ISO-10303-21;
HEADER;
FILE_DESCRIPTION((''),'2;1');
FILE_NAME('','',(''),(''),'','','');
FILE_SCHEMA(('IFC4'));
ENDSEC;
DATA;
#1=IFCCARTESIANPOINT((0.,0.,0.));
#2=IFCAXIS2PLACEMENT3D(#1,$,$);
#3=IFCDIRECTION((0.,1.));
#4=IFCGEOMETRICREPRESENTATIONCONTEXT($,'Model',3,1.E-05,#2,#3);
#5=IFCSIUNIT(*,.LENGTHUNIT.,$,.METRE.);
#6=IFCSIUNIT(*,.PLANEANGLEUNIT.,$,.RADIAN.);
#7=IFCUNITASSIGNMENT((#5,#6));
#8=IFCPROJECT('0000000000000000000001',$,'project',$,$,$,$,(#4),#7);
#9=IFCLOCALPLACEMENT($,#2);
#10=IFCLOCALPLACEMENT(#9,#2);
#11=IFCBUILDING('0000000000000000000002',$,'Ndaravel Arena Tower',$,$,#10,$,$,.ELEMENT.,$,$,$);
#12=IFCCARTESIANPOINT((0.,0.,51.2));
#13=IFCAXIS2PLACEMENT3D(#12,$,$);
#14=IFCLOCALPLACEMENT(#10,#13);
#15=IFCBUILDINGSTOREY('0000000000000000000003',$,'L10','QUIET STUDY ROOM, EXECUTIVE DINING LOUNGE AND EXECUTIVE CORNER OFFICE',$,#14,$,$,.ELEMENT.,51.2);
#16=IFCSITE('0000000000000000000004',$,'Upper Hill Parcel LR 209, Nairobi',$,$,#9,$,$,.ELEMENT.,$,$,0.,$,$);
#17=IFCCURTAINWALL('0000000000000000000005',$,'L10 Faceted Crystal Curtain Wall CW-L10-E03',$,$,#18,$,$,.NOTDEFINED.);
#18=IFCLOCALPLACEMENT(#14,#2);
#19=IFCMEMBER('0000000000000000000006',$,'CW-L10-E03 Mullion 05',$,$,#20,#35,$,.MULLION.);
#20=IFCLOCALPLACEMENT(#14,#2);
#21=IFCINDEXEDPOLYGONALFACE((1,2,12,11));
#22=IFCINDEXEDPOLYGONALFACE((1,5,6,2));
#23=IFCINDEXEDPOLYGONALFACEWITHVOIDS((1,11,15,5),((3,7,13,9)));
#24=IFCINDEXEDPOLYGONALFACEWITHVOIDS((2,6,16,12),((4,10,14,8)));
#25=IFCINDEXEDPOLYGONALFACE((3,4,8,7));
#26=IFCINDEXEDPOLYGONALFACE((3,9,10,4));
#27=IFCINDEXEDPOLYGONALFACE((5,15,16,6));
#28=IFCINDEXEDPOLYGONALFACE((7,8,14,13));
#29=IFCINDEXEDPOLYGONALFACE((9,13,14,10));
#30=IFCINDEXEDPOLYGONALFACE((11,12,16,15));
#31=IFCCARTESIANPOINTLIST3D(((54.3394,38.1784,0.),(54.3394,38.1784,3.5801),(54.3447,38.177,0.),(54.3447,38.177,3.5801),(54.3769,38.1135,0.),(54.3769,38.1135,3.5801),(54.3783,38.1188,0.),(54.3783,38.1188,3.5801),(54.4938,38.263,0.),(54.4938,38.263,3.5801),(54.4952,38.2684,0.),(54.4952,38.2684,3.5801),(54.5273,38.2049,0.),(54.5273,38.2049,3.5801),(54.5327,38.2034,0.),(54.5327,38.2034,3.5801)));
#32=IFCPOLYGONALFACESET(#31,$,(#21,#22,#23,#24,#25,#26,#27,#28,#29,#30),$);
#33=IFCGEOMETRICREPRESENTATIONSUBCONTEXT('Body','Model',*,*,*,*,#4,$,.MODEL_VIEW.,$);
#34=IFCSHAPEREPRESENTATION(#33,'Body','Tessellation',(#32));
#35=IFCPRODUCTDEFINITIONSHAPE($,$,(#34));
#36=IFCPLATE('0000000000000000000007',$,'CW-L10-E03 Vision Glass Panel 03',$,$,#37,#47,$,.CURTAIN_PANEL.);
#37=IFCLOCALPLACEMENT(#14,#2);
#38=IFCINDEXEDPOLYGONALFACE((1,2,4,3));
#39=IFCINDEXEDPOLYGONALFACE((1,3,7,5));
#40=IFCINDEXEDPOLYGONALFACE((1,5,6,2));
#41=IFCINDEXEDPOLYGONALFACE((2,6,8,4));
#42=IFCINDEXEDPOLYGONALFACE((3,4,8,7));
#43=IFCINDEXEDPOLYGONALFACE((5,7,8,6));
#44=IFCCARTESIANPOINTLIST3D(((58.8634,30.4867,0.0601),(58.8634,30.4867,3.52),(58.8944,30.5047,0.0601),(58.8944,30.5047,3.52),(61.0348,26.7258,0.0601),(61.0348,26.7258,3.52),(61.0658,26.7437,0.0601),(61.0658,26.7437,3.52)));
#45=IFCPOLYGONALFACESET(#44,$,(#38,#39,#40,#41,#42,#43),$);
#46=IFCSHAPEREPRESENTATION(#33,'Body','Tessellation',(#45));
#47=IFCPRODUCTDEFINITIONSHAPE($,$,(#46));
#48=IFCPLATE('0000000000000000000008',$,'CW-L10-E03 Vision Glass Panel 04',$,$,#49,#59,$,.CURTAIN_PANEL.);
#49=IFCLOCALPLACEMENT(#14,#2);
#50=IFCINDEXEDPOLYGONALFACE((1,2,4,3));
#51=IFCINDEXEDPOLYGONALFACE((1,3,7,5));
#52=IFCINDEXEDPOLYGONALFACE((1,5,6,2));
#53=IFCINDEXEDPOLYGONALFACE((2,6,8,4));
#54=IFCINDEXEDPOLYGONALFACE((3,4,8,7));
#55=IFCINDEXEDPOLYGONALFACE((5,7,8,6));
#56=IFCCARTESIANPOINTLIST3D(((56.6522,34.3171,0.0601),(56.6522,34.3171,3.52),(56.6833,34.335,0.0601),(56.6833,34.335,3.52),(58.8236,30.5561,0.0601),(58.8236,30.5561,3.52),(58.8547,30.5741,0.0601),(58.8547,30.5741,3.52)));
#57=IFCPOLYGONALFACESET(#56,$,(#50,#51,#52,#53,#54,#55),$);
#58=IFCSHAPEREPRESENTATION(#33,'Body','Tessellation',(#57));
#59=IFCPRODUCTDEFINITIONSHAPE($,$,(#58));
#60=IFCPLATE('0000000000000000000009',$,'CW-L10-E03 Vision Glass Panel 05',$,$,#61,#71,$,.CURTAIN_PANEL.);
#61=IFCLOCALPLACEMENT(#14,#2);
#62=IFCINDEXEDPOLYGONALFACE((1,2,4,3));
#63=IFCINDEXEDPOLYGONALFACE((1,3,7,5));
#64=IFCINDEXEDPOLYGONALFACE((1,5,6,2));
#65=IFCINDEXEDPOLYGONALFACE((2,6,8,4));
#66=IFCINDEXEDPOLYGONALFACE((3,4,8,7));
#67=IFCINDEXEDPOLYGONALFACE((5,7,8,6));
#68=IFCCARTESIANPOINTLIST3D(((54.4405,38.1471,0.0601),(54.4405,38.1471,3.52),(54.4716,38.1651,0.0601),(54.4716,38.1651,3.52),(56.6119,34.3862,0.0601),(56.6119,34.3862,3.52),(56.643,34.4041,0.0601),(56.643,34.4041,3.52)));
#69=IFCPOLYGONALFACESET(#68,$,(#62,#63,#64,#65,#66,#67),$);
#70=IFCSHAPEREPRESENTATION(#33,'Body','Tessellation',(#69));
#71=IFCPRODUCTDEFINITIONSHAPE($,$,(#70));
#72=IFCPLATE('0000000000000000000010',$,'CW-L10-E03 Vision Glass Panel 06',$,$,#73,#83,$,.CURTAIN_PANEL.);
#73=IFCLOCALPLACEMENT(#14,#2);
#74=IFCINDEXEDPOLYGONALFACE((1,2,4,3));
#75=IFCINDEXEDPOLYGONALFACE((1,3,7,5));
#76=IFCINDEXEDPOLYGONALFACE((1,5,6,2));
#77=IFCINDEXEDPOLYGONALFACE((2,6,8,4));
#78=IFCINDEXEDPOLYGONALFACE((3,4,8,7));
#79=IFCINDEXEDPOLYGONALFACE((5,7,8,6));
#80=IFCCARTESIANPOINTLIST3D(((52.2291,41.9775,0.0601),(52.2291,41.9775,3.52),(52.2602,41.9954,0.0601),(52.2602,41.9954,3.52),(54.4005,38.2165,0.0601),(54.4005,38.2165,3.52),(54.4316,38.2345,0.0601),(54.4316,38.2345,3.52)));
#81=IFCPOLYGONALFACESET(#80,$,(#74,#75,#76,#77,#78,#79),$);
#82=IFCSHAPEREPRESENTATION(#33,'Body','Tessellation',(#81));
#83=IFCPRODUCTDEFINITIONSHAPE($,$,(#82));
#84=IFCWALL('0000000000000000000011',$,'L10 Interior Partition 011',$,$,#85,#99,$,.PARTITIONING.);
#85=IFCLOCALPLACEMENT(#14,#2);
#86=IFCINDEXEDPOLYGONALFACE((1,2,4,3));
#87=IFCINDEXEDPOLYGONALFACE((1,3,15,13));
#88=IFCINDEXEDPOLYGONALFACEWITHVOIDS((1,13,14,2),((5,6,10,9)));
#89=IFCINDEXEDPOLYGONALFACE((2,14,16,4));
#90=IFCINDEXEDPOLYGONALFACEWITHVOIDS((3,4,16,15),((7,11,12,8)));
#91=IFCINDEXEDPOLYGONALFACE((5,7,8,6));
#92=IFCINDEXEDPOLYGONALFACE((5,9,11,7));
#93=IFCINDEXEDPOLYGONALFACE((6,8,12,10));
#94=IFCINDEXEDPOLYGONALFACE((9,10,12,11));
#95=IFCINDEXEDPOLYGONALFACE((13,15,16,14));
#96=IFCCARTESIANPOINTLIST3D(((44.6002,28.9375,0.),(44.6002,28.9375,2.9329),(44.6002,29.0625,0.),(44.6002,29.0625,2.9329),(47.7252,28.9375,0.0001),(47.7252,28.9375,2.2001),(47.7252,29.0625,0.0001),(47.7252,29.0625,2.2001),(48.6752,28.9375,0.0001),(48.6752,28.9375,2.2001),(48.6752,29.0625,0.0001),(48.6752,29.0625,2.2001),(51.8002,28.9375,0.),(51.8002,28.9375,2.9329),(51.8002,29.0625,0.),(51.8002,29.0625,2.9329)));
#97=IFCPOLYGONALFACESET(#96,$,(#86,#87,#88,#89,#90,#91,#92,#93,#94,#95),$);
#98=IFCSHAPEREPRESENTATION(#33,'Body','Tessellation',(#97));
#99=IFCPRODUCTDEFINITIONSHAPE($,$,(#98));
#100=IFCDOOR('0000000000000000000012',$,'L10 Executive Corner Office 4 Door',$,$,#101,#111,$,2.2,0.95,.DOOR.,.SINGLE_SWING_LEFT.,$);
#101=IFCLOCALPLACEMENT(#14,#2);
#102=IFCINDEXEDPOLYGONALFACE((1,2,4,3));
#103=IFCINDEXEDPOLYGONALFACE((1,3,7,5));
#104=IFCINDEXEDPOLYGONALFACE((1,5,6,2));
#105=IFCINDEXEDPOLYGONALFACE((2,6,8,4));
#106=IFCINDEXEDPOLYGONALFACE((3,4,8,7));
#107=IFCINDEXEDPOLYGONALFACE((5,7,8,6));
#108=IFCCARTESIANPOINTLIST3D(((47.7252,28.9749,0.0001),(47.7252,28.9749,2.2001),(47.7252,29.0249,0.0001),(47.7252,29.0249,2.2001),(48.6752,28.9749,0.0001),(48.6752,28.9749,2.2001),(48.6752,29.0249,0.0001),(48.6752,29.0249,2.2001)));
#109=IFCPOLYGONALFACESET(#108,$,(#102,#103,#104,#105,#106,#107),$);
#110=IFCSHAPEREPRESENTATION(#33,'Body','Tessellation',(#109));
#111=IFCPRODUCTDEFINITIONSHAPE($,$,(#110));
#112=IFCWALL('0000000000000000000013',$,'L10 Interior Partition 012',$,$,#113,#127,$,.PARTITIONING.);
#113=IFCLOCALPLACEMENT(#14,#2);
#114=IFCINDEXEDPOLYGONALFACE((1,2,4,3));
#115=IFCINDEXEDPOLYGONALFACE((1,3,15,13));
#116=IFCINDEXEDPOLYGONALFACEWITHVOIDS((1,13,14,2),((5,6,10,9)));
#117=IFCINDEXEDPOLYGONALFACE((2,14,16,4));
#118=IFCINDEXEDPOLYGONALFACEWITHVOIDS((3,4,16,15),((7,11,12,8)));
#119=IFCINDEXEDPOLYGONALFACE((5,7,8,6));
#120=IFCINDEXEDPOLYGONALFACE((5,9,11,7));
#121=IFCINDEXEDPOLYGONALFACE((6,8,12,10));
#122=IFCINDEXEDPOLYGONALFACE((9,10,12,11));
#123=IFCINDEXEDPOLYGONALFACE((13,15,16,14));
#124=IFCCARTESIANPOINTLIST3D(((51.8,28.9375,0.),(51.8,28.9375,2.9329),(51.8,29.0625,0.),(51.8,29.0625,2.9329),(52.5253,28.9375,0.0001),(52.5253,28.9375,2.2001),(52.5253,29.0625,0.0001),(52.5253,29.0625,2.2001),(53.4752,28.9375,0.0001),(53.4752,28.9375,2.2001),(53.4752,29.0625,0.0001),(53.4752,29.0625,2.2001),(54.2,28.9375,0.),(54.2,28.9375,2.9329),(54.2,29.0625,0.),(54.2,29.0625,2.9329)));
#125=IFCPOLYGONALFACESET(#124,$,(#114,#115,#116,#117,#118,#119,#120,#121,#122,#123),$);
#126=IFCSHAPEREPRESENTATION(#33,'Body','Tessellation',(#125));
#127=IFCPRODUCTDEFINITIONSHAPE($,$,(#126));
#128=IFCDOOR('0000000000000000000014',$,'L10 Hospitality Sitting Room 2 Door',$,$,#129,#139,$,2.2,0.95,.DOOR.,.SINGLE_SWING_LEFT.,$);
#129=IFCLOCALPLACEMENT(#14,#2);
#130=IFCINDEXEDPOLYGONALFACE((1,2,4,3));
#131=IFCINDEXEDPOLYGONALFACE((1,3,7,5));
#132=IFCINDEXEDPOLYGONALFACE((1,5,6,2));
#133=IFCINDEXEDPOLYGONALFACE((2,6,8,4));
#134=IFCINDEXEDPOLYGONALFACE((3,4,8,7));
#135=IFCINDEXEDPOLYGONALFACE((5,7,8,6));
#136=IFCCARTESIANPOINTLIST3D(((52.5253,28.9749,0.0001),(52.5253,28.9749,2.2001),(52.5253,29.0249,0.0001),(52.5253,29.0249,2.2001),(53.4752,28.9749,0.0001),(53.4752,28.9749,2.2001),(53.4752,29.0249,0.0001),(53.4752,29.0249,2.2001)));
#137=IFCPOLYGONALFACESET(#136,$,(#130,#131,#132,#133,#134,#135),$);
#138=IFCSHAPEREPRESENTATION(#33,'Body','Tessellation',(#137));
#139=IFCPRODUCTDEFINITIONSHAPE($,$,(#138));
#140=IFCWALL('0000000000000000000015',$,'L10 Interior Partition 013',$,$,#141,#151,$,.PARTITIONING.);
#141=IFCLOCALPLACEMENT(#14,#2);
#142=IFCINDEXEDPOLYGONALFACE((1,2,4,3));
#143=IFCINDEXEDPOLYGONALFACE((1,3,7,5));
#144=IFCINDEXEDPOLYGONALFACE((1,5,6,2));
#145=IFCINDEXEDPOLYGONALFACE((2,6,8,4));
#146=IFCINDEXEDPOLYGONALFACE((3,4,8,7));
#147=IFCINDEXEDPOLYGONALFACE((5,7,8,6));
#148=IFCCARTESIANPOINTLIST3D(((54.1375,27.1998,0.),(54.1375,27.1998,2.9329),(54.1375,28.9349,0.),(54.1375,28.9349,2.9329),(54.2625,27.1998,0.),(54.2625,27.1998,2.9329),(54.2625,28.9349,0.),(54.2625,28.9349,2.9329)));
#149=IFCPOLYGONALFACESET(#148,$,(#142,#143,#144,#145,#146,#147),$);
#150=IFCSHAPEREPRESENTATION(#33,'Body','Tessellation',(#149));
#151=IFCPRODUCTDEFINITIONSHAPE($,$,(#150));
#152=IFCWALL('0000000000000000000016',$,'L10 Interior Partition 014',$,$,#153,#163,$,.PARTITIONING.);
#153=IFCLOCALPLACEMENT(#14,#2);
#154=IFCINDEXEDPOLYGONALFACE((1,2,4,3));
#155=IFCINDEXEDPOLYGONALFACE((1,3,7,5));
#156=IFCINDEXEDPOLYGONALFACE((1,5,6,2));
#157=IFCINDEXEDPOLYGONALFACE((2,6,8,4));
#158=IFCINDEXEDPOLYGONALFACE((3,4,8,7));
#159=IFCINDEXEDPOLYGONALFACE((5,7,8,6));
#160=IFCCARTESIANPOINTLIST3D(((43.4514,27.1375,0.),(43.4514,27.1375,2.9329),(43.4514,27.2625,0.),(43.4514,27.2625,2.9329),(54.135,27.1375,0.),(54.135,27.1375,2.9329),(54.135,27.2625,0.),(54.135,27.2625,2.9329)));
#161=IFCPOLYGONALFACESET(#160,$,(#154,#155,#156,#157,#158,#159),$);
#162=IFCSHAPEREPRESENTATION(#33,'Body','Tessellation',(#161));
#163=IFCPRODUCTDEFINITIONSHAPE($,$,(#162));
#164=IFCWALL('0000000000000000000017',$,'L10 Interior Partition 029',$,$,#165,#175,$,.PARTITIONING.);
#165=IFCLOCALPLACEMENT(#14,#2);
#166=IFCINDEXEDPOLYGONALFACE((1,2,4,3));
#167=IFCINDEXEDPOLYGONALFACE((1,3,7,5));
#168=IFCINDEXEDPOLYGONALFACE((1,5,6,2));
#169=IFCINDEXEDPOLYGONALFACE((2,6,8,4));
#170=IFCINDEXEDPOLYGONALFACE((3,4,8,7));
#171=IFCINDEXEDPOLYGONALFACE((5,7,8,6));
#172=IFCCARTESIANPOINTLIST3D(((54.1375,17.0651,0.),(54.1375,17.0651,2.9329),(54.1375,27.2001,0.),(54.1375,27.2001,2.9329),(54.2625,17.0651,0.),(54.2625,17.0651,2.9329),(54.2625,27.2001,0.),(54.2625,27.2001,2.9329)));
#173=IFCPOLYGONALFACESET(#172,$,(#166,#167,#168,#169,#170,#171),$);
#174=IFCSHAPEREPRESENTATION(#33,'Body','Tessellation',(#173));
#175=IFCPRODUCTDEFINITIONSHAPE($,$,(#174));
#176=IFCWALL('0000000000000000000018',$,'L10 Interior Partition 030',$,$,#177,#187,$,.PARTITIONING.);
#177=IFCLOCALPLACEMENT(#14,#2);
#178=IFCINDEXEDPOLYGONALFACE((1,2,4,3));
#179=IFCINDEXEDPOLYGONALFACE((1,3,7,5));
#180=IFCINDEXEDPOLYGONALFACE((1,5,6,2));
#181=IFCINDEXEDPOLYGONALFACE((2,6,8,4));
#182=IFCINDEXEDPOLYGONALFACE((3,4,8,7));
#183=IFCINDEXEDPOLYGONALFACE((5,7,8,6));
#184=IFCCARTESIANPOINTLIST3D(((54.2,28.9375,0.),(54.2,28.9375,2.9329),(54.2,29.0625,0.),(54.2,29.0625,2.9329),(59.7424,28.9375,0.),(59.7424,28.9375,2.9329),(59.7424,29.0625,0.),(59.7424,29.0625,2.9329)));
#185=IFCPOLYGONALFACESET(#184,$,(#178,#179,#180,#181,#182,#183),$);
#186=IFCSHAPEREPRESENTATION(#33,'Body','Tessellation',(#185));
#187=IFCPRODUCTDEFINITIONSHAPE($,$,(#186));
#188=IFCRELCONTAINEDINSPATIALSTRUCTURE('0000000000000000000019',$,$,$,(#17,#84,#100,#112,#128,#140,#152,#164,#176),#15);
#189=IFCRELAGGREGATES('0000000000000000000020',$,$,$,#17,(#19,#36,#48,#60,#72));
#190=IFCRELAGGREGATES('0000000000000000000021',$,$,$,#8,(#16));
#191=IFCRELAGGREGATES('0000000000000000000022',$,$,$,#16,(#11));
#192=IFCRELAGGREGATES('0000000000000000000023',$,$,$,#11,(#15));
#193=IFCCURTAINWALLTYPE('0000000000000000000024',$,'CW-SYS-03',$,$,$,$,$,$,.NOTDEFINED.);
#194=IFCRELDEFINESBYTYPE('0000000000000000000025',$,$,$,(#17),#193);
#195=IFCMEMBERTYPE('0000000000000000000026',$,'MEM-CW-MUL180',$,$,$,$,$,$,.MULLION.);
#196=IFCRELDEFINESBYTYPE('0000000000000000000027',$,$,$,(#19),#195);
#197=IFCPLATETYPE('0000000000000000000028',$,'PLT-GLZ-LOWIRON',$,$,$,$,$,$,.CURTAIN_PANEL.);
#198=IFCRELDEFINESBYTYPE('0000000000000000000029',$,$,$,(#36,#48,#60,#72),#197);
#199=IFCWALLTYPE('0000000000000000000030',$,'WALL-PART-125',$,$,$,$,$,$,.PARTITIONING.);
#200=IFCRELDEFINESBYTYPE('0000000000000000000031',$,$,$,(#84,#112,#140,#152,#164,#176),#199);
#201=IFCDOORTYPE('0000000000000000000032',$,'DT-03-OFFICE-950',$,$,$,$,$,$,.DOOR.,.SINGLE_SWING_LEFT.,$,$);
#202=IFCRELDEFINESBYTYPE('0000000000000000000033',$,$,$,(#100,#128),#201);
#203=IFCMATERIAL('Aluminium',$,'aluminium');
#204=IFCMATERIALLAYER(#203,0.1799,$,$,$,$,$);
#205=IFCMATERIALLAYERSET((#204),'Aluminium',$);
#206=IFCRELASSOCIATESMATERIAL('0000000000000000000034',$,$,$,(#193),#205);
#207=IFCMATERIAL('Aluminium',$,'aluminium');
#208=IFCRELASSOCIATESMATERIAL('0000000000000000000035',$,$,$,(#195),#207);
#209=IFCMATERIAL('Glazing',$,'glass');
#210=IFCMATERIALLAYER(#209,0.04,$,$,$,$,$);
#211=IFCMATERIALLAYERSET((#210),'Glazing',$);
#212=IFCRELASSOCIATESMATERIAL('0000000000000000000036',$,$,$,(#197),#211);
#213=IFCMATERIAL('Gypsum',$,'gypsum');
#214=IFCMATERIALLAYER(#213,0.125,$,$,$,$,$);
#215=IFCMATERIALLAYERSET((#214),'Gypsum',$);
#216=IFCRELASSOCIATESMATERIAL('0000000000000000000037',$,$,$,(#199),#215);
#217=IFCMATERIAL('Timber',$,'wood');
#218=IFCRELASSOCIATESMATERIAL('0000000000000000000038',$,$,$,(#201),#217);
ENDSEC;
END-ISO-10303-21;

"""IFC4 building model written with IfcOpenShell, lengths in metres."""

from ifc_helpers import new_model, si_unit, direction, frame, frame_2d, origin, origin_2d, place, context, subcontext, project, spatial, rectangle, hollow_rectangle, extrude, material, layer, layer_set, material_profile, profile_set, type_object, element, fill, aggregate, save


model = new_model("IFC4")

# Units and contexts
model_context = context("Model", 3, precision=1e-05, world=origin(), true_north=direction((0.0, 1.0)))
body_context = subcontext(model_context, "Body", "Model", "MODEL_VIEW")
ifc_project = project(units=[si_unit("LENGTHUNIT", "METRE"), si_unit("PLANEANGLEUNIT", "RADIAN")], contexts=[model_context])

# Site, building, storey
site_placement = place(None, origin())
site = spatial("IfcSite", under=ifc_project, at=site_placement, Name="Upper Hill Parcel LR 209, Nairobi", CompositionType="ELEMENT", RefElevation=0.0)
building_placement = place(site_placement, origin())
building = spatial("IfcBuilding", under=site, at=building_placement, Name="Ndaravel Arena Tower", CompositionType="ELEMENT")
storey_placement = place(building_placement, frame((0.0, 0.0, 51.2)))
storey = spatial("IfcBuildingStorey", under=building, at=storey_placement, Name="L10", Description="QUIET STUDY ROOM, EXECUTIVE DINING LOUNGE AND EXECUTIVE CORNER OFFICE", CompositionType="ELEMENT", Elevation=51.2)

# Curtain wall, member, plates
ifc_material_1 = material(Name="Aluminium", Category="aluminium")
ifc_layer_1 = layer(ifc_material_1, 0.1799)
ifc_layer_set_1 = layer_set([ifc_layer_1], Name="Aluminium")
curtain_wall_type = type_object("IfcCurtainWallType", Name="CW-SYS-03", PredefinedType="NOTDEFINED", material=ifc_layer_set_1)
curtain_wall_placement = place(storey_placement, origin())
curtain_wall = element("IfcCurtainWall", 1, at=curtain_wall_placement, inside=storey, type_object=curtain_wall_type, Name="L10 Faceted Crystal Curtain Wall CW-L10-E03", PredefinedType="NOTDEFINED")
ifc_material_2 = material(Name="Aluminium", Category="aluminium")
ifc_material_profile_1 = material_profile(ifc_material_2, hollow_rectangle(XDim=0.075, YDim=0.1799, WallThickness=0.0039, at=origin_2d()), Name="CW MULLION 75x180x4")
ifc_profile_set_1 = profile_set([ifc_material_profile_1], Name="Aluminium")
member_type = type_object("IfcMemberType", Name="MEM-CW-MUL180", PredefinedType="MULLION", material=ifc_profile_set_1)
member_1_placement = place(storey_placement, frame((54.436, 38.1909, 0.0), z_axis=(0.0, 0.0, 1.0), x_axis=(-0.5, 0.866025, 0.0)))
member_1 = element("IfcMember", 2, at=member_1_placement, type_object=member_type, Name="CW-L10-E03 Mullion 05", PredefinedType="MULLION", context=body_context, shape_type="SweptSolid", body=[
    extrude(hollow_rectangle(XDim=0.075, YDim=0.1799, WallThickness=0.0039, at=origin_2d()), origin(), (0.0, 0.0, 1.0), 3.5801),
])
ifc_material_3 = material(Name="Glazing", Category="glass")
ifc_layer_2 = layer(ifc_material_3, 0.04)
ifc_layer_set_2 = layer_set([ifc_layer_2], Name="Glazing")
plate_type = type_object("IfcPlateType", Name="PLT-GLZ-LOWIRON", PredefinedType="CURTAIN_PANEL", material=ifc_layer_set_2)
plate_1_placement = place(storey_placement, frame((59.9646, 28.6152, 0.0601), z_axis=(0.0, 0.0, 1.0), x_axis=(-0.5, 0.866025, 0.0)))
plate_1 = element("IfcPlate", 3, at=plate_1_placement, type_object=plate_type, Name="CW-L10-E03 Vision Glass Panel 03", PredefinedType="CURTAIN_PANEL", context=body_context, shape_type="SweptSolid", body=[
    extrude(rectangle(XDim=4.3428, YDim=0.0359, at=origin_2d()), origin(), (0.0, 0.0, 1.0), 3.46),
])
plate_2_placement = place(storey_placement, frame((57.7534, 32.4456, 0.0601), z_axis=(0.0, 0.0, 1.0), x_axis=(-0.5, 0.866025, 0.0)))
plate_2 = element("IfcPlate", 4, at=plate_2_placement, type_object=plate_type, Name="CW-L10-E03 Vision Glass Panel 04", PredefinedType="CURTAIN_PANEL", context=body_context, shape_type="SweptSolid", body=[
    extrude(rectangle(XDim=4.3428, YDim=0.0359, at=origin_2d()), origin(), (0.0, 0.0, 1.0), 3.46),
])
plate_3_placement = place(storey_placement, frame((55.5417, 36.2756, 0.0601), z_axis=(0.0, 0.0, 1.0), x_axis=(-0.5, 0.866025, 0.0)))
plate_3 = element("IfcPlate", 5, at=plate_3_placement, type_object=plate_type, Name="CW-L10-E03 Vision Glass Panel 05", PredefinedType="CURTAIN_PANEL", context=body_context, shape_type="SweptSolid", body=[
    extrude(rectangle(XDim=4.3428, YDim=0.0359, at=origin_2d()), origin(), (0.0, 0.0, 1.0), 3.46),
])
plate_4_placement = place(storey_placement, frame((53.3303, 40.106, 0.0601), z_axis=(0.0, 0.0, 1.0), x_axis=(-0.5, 0.866025, 0.0)))
plate_4 = element("IfcPlate", 6, at=plate_4_placement, type_object=plate_type, Name="CW-L10-E03 Vision Glass Panel 06", PredefinedType="CURTAIN_PANEL", context=body_context, shape_type="SweptSolid", body=[
    extrude(rectangle(XDim=4.3428, YDim=0.0359, at=origin_2d()), origin(), (0.0, 0.0, 1.0), 3.46),
])
aggregate(curtain_wall, [member_1, plate_1, plate_2, plate_3, plate_4])

# Walls, openings, doors
ifc_material_4 = material(Name="Gypsum", Category="gypsum")
ifc_layer_3 = layer(ifc_material_4, 0.125)
ifc_layer_set_3 = layer_set([ifc_layer_3], Name="Gypsum")
wall_type = type_object("IfcWallType", Name="WALL-PART-125", PredefinedType="PARTITIONING", material=ifc_layer_set_3)
wall_1_placement = place(storey_placement, frame((44.6001, 29.0, 0.0), z_axis=(0.0, 0.0, 1.0), x_axis=(1.0, 0.0, 0.0)))
wall_1 = element("IfcWall", 7, at=wall_1_placement, inside=storey, type_object=wall_type, Name="L10 Interior Partition 011", PredefinedType="PARTITIONING", context=body_context, shape_type="SweptSolid", body=[
    extrude(rectangle(XDim=7.2, YDim=0.125, at=frame_2d((3.6001, 0.0))), origin(), (0.0, 0.0, 1.0), 2.9329),
])
opening_1_placement = place(wall_1_placement, frame((3.125, 0.0, 0.0)))
opening_1 = element("IfcOpeningElement", 8, at=opening_1_placement, cuts=wall_1, PredefinedType="OPENING", context=body_context, shape_type="SweptSolid", body=[
    extrude(rectangle(XDim=0.95, YDim=2.2, at=frame_2d((0.4751, 1.1001))), frame((0.0, 0.0625, 0.0), z_axis=(0.0, -1.0, 0.0), x_axis=(1.0, 0.0, 0.0)), (0.0, 0.0, 1.0), 0.125),
])
ifc_material_5 = material(Name="Timber", Category="wood")
door_type = type_object("IfcDoorType", Name="DT-03-OFFICE-950", OperationType="SINGLE_SWING_LEFT", PredefinedType="DOOR", material=ifc_material_5)
door_1_placement = place(opening_1_placement, origin())
door_1 = element("IfcDoor", 9, at=door_1_placement, inside=storey, type_object=door_type, Name="L10 Executive Corner Office 4 Door", OperationType="SINGLE_SWING_LEFT", OverallHeight=2.2, OverallWidth=0.95, PredefinedType="DOOR", context=body_context, shape_type="SweptSolid", body=[
    extrude(rectangle(XDim=0.95, YDim=2.2, at=frame_2d((0.4751, 1.1001))), frame((0.0, 0.0249, 0.0), z_axis=(0.0, -1.0, 0.0), x_axis=(1.0, 0.0, 0.0)), (0.0, 0.0, 1.0), 0.05),
])
fill(opening_1, door_1)
wall_2_placement = place(storey_placement, frame((51.8, 29.0, 0.0), z_axis=(0.0, 0.0, 1.0), x_axis=(1.0, 0.0, 0.0)))
wall_2 = element("IfcWall", 10, at=wall_2_placement, inside=storey, type_object=wall_type, Name="L10 Interior Partition 012", PredefinedType="PARTITIONING", context=body_context, shape_type="SweptSolid", body=[
    extrude(rectangle(XDim=2.3999, YDim=0.125, at=frame_2d((1.2, 0.0))), origin(), (0.0, 0.0, 1.0), 2.9329),
])
opening_2_placement = place(wall_2_placement, frame((0.7251, 0.0, 0.0)))
opening_2 = element("IfcOpeningElement", 11, at=opening_2_placement, cuts=wall_2, PredefinedType="OPENING", context=body_context, shape_type="SweptSolid", body=[
    extrude(rectangle(XDim=0.95, YDim=2.2, at=frame_2d((0.4751, 1.1001))), frame((0.0, 0.0625, 0.0), z_axis=(0.0, -1.0, 0.0), x_axis=(1.0, 0.0, 0.0)), (0.0, 0.0, 1.0), 0.125),
])
door_2_placement = place(opening_2_placement, origin())
door_2 = element("IfcDoor", 12, at=door_2_placement, inside=storey, type_object=door_type, Name="L10 Hospitality Sitting Room 2 Door", OperationType="SINGLE_SWING_LEFT", OverallHeight=2.2, OverallWidth=0.95, PredefinedType="DOOR", context=body_context, shape_type="SweptSolid", body=[
    extrude(rectangle(XDim=0.95, YDim=2.2, at=frame_2d((0.4751, 1.1001))), frame((0.0, 0.0249, 0.0), z_axis=(0.0, -1.0, 0.0), x_axis=(1.0, 0.0, 0.0)), (0.0, 0.0, 1.0), 0.05),
])
fill(opening_2, door_2)

# Walls
wall_3_placement = place(storey_placement, frame((54.2, 28.9351, 0.0), z_axis=(0.0, 0.0, 1.0), x_axis=(0.0, -1.0, 0.0)))
element("IfcWall", 13, at=wall_3_placement, inside=storey, type_object=wall_type, Name="L10 Interior Partition 013", PredefinedType="PARTITIONING", context=body_context, shape_type="SweptSolid", body=[
    extrude(rectangle(XDim=1.7351, YDim=0.125, at=frame_2d((0.8677, 0.0))), origin(), (0.0, 0.0, 1.0), 2.9329),
])
wall_4_placement = place(storey_placement, frame((54.135, 27.2, 0.0), z_axis=(0.0, 0.0, 1.0), x_axis=(-1.0, 0.0, 0.0)))
element("IfcWall", 14, at=wall_4_placement, inside=storey, type_object=wall_type, Name="L10 Interior Partition 014", PredefinedType="PARTITIONING", context=body_context, shape_type="SweptSolid", body=[
    extrude(rectangle(XDim=10.6836, YDim=0.125, at=frame_2d((5.3418, 0.0))), origin(), (0.0, 0.0, 1.0), 2.9329),
])
wall_5_placement = place(storey_placement, frame((54.2, 27.2, 0.0), z_axis=(0.0, 0.0, 1.0), x_axis=(0.0, -1.0, 0.0)))
element("IfcWall", 15, at=wall_5_placement, inside=storey, type_object=wall_type, Name="L10 Interior Partition 029", PredefinedType="PARTITIONING", context=body_context, shape_type="SweptSolid", body=[
    extrude(rectangle(XDim=10.135, YDim=0.125, at=frame_2d((5.0674, 0.0))), origin(), (0.0, 0.0, 1.0), 2.9329),
])
wall_6_placement = place(storey_placement, frame((54.2, 29.0, 0.0), z_axis=(0.0, 0.0, 1.0), x_axis=(1.0, 0.0, 0.0)))
element("IfcWall", 16, at=wall_6_placement, inside=storey, type_object=wall_type, Name="L10 Interior Partition 030", PredefinedType="PARTITIONING", context=body_context, shape_type="SweptSolid", body=[
    extrude(rectangle(XDim=5.5425, YDim=0.125, at=frame_2d((2.7712, 0.0))), origin(), (0.0, 0.0, 1.0), 2.9329),
])

save(model, "model.ifc")
